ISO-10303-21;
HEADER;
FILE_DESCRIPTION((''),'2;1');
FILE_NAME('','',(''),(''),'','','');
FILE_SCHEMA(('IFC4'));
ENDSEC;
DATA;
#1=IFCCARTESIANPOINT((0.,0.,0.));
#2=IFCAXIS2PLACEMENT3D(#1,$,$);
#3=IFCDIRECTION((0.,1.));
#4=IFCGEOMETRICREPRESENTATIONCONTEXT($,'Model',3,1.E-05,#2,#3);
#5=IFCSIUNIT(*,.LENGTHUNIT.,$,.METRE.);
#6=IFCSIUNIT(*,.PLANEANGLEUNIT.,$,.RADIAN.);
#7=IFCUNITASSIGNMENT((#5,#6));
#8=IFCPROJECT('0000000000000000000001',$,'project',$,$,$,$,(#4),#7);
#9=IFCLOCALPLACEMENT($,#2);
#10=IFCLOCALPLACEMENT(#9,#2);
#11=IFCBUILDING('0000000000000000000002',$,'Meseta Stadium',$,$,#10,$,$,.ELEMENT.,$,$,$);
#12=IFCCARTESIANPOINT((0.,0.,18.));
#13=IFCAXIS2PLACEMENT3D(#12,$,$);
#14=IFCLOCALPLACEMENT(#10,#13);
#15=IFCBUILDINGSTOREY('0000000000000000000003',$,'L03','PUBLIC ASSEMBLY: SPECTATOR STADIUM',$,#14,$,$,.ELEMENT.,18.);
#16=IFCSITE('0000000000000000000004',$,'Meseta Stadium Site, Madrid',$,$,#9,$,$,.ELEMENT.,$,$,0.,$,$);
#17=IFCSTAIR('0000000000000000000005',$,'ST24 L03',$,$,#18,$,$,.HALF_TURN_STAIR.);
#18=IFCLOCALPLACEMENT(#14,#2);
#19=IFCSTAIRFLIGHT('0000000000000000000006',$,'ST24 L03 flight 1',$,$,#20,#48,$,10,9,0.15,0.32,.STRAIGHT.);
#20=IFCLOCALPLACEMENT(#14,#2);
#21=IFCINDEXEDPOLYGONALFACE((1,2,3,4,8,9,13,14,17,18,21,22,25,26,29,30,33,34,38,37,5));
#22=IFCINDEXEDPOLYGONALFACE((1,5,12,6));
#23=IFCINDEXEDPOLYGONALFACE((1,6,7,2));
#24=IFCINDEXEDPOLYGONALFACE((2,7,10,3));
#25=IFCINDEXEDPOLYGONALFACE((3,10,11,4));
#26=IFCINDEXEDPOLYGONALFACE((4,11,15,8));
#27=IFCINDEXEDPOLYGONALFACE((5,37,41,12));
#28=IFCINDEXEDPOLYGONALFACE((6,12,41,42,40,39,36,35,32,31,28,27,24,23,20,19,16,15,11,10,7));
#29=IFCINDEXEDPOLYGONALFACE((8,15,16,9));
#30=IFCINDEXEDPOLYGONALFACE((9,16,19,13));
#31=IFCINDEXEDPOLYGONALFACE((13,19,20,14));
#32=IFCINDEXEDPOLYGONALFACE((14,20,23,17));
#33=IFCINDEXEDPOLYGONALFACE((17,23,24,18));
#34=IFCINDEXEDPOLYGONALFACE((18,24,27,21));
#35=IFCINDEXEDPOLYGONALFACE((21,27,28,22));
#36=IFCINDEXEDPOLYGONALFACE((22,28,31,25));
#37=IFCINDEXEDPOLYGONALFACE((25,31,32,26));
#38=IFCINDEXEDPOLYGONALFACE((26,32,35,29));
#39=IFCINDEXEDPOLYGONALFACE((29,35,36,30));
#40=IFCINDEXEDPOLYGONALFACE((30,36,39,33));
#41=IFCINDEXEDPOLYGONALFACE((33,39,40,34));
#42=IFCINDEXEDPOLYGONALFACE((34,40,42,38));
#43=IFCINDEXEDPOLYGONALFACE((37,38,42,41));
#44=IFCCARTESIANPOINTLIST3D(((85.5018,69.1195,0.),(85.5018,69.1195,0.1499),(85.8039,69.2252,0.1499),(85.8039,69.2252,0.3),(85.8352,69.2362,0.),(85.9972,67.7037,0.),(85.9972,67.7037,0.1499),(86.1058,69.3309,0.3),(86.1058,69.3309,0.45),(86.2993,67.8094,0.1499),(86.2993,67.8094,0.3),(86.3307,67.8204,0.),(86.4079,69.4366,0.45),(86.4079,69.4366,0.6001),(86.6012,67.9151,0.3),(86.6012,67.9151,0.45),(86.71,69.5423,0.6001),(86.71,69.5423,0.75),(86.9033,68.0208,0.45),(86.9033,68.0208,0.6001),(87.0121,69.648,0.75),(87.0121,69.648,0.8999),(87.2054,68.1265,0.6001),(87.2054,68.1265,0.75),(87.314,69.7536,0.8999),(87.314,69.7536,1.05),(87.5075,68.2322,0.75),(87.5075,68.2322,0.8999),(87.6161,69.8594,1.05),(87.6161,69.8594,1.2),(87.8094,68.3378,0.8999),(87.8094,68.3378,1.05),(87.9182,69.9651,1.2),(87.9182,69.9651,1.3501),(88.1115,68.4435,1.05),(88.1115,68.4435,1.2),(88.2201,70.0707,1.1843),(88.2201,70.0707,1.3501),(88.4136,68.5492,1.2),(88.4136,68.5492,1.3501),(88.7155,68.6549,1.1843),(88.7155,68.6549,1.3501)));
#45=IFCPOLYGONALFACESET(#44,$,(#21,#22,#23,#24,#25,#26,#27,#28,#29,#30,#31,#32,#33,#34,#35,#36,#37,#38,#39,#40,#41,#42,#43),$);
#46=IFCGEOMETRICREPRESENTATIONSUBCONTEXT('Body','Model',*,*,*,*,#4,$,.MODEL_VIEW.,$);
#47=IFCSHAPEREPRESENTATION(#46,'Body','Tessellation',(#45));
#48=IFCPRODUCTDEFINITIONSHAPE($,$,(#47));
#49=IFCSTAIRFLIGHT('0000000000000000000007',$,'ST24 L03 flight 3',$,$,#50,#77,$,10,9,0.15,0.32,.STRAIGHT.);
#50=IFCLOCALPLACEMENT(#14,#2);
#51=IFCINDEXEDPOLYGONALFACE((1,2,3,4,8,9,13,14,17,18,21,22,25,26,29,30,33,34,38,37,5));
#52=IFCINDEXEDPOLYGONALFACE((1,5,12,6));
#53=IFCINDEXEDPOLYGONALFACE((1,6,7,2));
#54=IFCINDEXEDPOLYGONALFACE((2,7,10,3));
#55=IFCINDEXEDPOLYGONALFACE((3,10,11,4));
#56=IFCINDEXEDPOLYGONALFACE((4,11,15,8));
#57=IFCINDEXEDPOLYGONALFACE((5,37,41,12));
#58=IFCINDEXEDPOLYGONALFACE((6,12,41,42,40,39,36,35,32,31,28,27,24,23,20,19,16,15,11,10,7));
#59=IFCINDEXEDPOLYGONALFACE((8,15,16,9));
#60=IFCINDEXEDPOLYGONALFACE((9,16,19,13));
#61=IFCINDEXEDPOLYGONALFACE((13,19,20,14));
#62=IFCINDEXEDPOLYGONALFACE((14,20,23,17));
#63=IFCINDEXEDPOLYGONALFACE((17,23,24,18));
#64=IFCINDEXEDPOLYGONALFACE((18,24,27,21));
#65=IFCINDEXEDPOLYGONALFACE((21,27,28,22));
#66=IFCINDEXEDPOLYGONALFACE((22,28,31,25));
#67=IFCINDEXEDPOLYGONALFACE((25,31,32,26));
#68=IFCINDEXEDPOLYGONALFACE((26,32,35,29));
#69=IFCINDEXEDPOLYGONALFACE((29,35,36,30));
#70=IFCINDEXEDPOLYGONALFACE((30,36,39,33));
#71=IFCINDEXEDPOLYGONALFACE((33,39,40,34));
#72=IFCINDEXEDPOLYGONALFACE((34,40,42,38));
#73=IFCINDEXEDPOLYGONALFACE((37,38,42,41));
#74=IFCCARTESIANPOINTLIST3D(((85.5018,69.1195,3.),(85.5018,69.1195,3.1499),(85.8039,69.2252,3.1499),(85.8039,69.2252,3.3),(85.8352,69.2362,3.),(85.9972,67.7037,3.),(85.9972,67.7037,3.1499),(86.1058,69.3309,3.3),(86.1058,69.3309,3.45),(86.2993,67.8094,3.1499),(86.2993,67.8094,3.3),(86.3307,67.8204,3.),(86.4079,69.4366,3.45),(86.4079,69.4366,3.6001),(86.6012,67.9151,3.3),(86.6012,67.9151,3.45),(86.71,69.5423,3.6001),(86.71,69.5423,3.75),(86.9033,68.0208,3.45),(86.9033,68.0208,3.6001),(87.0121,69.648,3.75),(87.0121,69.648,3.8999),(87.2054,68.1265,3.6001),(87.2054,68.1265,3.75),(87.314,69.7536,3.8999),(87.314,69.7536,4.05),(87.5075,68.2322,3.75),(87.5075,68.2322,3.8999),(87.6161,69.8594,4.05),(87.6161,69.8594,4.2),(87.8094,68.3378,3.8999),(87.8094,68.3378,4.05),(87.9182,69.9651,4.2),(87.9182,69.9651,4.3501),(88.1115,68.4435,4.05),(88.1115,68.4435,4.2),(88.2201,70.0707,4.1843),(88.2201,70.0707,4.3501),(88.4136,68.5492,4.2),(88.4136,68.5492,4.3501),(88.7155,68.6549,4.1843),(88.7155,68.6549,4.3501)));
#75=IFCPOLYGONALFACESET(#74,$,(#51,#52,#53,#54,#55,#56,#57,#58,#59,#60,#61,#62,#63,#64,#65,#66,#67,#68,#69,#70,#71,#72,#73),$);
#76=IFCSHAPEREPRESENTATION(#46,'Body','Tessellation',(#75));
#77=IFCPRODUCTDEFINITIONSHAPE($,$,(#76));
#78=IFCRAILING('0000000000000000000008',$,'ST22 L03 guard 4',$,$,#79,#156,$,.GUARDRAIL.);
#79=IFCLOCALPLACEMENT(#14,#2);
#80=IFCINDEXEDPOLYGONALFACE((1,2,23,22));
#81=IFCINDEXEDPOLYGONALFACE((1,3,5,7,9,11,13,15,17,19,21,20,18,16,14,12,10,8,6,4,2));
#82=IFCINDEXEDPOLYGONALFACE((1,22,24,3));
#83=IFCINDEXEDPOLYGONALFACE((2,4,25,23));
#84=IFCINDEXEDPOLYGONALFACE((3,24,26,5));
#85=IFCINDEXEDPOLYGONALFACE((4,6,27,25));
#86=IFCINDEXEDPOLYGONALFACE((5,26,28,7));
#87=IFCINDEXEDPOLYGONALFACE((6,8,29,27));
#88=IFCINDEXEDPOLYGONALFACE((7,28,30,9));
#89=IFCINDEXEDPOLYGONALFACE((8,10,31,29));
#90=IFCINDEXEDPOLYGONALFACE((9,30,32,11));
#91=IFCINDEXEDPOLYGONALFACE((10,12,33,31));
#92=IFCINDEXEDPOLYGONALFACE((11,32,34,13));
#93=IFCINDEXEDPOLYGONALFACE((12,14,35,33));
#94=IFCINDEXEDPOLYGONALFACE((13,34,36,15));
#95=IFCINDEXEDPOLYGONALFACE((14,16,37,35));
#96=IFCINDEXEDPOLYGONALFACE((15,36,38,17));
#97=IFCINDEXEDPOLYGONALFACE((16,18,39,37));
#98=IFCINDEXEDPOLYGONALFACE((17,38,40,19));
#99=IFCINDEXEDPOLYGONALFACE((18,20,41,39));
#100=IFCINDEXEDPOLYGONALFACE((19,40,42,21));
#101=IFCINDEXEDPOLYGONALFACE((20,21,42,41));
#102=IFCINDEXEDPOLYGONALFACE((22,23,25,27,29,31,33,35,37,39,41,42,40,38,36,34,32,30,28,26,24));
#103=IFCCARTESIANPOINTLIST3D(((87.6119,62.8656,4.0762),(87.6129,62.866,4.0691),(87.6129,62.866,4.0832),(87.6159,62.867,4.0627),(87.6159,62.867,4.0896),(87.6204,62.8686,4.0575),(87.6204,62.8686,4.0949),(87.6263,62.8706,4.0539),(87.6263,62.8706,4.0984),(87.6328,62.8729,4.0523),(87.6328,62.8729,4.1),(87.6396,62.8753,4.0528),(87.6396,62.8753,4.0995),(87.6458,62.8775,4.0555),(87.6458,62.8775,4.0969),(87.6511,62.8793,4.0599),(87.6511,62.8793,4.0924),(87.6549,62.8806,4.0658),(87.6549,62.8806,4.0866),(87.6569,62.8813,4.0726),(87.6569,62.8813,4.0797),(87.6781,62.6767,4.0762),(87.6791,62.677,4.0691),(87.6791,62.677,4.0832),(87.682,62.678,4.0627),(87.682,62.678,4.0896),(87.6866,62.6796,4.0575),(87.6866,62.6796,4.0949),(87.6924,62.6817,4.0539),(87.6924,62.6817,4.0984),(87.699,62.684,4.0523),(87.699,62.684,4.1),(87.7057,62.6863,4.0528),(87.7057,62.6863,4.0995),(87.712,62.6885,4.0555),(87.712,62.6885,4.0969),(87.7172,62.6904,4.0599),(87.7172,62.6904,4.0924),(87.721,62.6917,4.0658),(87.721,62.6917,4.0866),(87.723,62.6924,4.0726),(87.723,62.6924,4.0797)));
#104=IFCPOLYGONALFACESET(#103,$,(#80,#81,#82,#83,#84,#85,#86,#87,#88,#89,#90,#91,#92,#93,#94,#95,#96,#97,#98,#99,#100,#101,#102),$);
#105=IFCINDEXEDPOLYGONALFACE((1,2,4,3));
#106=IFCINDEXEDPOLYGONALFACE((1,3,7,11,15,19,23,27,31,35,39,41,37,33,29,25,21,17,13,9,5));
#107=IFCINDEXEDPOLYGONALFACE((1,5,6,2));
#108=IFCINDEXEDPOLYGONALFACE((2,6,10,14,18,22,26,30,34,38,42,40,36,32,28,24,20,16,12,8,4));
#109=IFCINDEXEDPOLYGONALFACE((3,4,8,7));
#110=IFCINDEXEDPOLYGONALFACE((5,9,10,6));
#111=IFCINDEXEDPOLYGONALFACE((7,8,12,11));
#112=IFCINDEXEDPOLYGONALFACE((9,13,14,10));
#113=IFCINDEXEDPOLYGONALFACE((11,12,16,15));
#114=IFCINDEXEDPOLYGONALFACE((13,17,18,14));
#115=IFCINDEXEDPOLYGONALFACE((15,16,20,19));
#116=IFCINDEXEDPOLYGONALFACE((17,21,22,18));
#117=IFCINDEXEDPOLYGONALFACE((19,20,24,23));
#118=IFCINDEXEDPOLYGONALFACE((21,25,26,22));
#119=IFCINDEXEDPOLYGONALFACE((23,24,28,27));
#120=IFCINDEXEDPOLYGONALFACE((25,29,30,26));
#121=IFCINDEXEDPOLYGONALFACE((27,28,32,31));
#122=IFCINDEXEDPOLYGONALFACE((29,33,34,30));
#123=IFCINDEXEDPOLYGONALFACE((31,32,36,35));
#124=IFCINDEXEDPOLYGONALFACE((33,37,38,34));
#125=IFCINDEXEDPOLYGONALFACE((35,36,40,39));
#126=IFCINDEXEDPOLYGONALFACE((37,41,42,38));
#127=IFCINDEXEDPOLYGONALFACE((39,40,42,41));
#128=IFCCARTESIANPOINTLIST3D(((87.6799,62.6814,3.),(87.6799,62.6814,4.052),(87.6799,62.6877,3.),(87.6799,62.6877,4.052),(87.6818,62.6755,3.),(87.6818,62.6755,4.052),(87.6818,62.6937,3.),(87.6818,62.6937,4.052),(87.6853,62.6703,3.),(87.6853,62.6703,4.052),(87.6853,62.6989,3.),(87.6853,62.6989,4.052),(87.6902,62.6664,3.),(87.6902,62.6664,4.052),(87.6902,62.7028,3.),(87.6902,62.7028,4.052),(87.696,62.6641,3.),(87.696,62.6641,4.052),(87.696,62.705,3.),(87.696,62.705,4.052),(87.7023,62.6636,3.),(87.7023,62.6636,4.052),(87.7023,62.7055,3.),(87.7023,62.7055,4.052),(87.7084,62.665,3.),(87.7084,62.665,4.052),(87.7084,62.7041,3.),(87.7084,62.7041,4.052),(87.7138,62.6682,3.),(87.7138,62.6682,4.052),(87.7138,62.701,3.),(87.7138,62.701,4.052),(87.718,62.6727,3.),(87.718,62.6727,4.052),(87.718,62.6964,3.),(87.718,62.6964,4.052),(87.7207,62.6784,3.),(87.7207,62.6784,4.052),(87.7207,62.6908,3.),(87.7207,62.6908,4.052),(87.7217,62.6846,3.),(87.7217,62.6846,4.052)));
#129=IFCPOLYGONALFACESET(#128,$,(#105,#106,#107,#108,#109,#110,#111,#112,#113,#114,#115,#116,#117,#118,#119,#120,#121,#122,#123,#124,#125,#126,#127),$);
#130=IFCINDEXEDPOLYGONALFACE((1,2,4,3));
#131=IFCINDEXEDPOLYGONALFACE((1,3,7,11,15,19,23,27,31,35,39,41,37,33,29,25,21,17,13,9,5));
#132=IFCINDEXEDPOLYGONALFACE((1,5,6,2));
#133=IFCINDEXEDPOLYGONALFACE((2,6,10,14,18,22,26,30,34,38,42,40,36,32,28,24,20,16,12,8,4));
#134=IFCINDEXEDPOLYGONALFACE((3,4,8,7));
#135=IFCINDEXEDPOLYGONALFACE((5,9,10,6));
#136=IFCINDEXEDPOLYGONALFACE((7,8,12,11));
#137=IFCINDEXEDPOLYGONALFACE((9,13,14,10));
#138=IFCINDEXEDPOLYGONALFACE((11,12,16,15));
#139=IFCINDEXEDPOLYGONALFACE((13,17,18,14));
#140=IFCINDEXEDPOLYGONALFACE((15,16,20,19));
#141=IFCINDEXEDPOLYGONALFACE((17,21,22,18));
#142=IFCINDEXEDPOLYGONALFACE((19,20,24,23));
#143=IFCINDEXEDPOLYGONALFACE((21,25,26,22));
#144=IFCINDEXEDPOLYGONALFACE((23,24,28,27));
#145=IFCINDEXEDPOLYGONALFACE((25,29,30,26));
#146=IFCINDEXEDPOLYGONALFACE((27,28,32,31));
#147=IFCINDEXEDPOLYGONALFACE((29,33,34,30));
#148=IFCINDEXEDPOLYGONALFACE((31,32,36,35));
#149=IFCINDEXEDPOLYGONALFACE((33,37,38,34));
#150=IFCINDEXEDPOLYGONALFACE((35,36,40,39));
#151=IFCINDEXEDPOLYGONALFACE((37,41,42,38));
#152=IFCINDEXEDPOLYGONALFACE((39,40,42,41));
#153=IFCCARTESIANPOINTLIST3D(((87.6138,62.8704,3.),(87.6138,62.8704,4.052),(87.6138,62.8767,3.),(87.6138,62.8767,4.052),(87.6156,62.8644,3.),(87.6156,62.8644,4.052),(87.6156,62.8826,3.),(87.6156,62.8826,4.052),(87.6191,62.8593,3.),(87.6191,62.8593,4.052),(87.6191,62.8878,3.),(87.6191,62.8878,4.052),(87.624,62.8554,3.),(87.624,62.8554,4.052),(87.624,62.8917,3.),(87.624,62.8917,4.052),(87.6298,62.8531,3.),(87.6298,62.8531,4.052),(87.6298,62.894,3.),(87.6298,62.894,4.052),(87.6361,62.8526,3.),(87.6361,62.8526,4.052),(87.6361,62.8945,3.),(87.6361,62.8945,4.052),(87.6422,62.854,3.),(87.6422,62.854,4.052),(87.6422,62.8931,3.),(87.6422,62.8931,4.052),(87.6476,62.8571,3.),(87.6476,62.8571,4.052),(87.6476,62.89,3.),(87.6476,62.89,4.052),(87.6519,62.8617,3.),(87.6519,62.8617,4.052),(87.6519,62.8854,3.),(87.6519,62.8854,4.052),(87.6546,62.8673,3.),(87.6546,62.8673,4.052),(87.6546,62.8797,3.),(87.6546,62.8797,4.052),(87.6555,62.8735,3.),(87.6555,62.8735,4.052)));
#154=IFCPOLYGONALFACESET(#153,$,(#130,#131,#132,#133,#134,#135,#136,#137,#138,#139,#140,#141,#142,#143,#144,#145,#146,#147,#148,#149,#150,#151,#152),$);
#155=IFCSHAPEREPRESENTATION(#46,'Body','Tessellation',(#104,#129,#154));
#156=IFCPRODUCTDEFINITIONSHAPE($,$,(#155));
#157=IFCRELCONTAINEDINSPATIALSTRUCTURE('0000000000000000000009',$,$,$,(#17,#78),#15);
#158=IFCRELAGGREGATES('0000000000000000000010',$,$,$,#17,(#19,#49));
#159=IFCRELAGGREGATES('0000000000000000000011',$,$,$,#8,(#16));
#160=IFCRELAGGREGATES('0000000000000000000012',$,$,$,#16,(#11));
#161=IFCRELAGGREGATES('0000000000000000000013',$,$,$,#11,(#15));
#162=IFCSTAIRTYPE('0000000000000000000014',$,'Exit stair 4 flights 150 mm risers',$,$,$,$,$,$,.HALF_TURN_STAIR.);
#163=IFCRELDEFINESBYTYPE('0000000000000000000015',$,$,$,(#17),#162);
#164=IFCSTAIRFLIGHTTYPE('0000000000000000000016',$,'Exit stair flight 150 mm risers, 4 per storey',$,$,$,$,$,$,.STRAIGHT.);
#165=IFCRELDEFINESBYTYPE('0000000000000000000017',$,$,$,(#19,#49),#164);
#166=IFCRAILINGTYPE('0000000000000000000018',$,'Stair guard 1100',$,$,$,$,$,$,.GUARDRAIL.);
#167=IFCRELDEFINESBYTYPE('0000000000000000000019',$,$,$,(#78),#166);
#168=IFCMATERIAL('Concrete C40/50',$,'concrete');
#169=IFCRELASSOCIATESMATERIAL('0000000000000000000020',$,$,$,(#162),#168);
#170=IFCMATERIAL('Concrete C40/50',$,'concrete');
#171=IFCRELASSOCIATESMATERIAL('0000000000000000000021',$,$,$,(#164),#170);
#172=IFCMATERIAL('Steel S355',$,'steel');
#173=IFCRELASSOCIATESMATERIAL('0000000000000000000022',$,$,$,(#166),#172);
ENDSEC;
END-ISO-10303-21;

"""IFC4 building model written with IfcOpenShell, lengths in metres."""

from ifc_helpers import new_model, si_unit, direction, frame, origin, origin_2d, place, context, subcontext, project, spatial, polyline, circle, outline, extrude, material, type_object, element, aggregate, save


model = new_model("IFC4")

# Units and contexts
model_context = context("Model", 3, precision=1e-05, world=origin(), true_north=direction((0.0, 1.0)))
body_context = subcontext(model_context, "Body", "Model", "MODEL_VIEW")
ifc_project = project(units=[si_unit("LENGTHUNIT", "METRE"), si_unit("PLANEANGLEUNIT", "RADIAN")], contexts=[model_context])

# Site, building, storey
site_placement = place(None, origin())
site = spatial("IfcSite", under=ifc_project, at=site_placement, Name="Meseta Stadium Site, Madrid", CompositionType="ELEMENT", RefElevation=0.0)
building_placement = place(site_placement, origin())
building = spatial("IfcBuilding", under=site, at=building_placement, Name="Meseta Stadium", CompositionType="ELEMENT")
storey_placement = place(building_placement, frame((0.0, 0.0, 18.0)))
storey = spatial("IfcBuildingStorey", under=building, at=storey_placement, Name="L03", Description="PUBLIC ASSEMBLY: SPECTATOR STADIUM", CompositionType="ELEMENT", Elevation=18.0)

# Stair, stair flights
ifc_material_1 = material(Name="Concrete C40/50", Category="concrete")
stair_type = type_object("IfcStairType", Name="Exit stair 4 flights 150 mm risers", PredefinedType="HALF_TURN_STAIR", material=ifc_material_1)
ifc_material_2 = material(Name="Concrete C40/50", Category="concrete")
stair_flight_type = type_object("IfcStairFlightType", Name="Exit stair flight 150 mm risers, 4 per storey", PredefinedType="STRAIGHT", material=ifc_material_2)
stair_1_placement = place(storey_placement, origin())
stair_1 = element("IfcStair", 1, at=stair_1_placement, inside=storey, type_object=stair_type, Name="ST24 L03", PredefinedType="HALF_TURN_STAIR")
stair_flight_1_placement = place(storey_placement, frame((85.7495, 68.4116, 0.0), z_axis=(0.0, 0.0, 1.0), x_axis=(0.943883, 0.330279, 0.0)))
stair_flight_1 = element("IfcStairFlight", 2, at=stair_flight_1_placement, type_object=stair_flight_type, Name="ST24 L03 flight 1", NumberOfRisers=10, NumberOfTreads=9, PredefinedType="STRAIGHT", RiserHeight=0.15, TreadLength=0.32, context=body_context, shape_type="SweptSolid", body=[
    extrude(outline(polyline([(0.0, 0.0), (0.0, 0.1499), (0.3201, 0.1499), (0.3201, 0.3), (0.6399, 0.3), (0.6399, 0.45), (0.96, 0.45), (0.96, 0.6001), (1.28, 0.6001), (1.28, 0.75), (1.6001, 0.75), (1.6001, 0.8999), (1.9199, 0.8999), (1.9199, 1.05), (2.24, 1.05), (2.24, 1.2), (2.5601, 1.2), (2.5601, 1.3501), (2.8799, 1.3501), (2.8799, 1.1843), (0.3533, 0.0), (0.0, 0.0)])), frame((0.0, 0.75, 0.0), z_axis=(0.0, -1.0, 0.0), x_axis=(1.0, 0.0, 0.0)), (0.0, 0.0, 1.0), 1.5),
])
stair_flight_2_placement = place(storey_placement, frame((85.7495, 68.4116, 3.0), z_axis=(0.0, 0.0, 1.0), x_axis=(0.943883, 0.330279, 0.0)))
stair_flight_2 = element("IfcStairFlight", 3, at=stair_flight_2_placement, type_object=stair_flight_type, Name="ST24 L03 flight 3", NumberOfRisers=10, NumberOfTreads=9, PredefinedType="STRAIGHT", RiserHeight=0.15, TreadLength=0.32, context=body_context, shape_type="SweptSolid", body=[
    extrude(outline(polyline([(0.0, 0.0), (0.0, 0.1499), (0.3201, 0.1499), (0.3201, 0.3), (0.6399, 0.3), (0.6399, 0.45), (0.96, 0.45), (0.96, 0.6001), (1.28, 0.6001), (1.28, 0.75), (1.6001, 0.75), (1.6001, 0.8999), (1.9199, 0.8999), (1.9199, 1.05), (2.24, 1.05), (2.24, 1.2), (2.5601, 1.2), (2.5601, 1.3501), (2.8799, 1.3501), (2.8799, 1.1843), (0.3533, 0.0), (0.0, 0.0)])), frame((0.0, 0.75, 0.0), z_axis=(0.0, -1.0, 0.0), x_axis=(1.0, 0.0, 0.0)), (0.0, 0.0, 1.0), 1.5),
])
aggregate(stair_1, [stair_flight_1, stair_flight_2])

# Railing
ifc_material_3 = material(Name="Steel S355", Category="steel")
railing_type_1 = type_object("IfcRailingType", Name="Stair guard 1100", PredefinedType="GUARDRAIL", material=ifc_material_3)
railing_1_placement = place(storey_placement, frame((87.7007, 62.6846, 3.0)))
element("IfcRailing", 4, at=railing_1_placement, inside=storey, type_object=railing_type_1, Name="ST22 L03 guard 4", PredefinedType="GUARDRAIL", context=body_context, shape_type="SweptSolid", body=[
    extrude(circle(Radius=0.0239, at=origin_2d()), frame((0.0, 0.0, 1.0762), z_axis=(-0.330459, 0.94382, 0.0), x_axis=(-0.94382, -0.330459, 0.0)), (0.0, 0.0, 1.0), 0.2002),
    extrude(circle(Radius=0.021, at=origin_2d()), origin(), (0.0, 0.0, 1.0), 1.052),
    extrude(circle(Radius=0.021, at=origin_2d()), frame((-0.0662, 0.189, 0.0)), (0.0, 0.0, 1.0), 1.052),
])

save(model, "model.ifc")
